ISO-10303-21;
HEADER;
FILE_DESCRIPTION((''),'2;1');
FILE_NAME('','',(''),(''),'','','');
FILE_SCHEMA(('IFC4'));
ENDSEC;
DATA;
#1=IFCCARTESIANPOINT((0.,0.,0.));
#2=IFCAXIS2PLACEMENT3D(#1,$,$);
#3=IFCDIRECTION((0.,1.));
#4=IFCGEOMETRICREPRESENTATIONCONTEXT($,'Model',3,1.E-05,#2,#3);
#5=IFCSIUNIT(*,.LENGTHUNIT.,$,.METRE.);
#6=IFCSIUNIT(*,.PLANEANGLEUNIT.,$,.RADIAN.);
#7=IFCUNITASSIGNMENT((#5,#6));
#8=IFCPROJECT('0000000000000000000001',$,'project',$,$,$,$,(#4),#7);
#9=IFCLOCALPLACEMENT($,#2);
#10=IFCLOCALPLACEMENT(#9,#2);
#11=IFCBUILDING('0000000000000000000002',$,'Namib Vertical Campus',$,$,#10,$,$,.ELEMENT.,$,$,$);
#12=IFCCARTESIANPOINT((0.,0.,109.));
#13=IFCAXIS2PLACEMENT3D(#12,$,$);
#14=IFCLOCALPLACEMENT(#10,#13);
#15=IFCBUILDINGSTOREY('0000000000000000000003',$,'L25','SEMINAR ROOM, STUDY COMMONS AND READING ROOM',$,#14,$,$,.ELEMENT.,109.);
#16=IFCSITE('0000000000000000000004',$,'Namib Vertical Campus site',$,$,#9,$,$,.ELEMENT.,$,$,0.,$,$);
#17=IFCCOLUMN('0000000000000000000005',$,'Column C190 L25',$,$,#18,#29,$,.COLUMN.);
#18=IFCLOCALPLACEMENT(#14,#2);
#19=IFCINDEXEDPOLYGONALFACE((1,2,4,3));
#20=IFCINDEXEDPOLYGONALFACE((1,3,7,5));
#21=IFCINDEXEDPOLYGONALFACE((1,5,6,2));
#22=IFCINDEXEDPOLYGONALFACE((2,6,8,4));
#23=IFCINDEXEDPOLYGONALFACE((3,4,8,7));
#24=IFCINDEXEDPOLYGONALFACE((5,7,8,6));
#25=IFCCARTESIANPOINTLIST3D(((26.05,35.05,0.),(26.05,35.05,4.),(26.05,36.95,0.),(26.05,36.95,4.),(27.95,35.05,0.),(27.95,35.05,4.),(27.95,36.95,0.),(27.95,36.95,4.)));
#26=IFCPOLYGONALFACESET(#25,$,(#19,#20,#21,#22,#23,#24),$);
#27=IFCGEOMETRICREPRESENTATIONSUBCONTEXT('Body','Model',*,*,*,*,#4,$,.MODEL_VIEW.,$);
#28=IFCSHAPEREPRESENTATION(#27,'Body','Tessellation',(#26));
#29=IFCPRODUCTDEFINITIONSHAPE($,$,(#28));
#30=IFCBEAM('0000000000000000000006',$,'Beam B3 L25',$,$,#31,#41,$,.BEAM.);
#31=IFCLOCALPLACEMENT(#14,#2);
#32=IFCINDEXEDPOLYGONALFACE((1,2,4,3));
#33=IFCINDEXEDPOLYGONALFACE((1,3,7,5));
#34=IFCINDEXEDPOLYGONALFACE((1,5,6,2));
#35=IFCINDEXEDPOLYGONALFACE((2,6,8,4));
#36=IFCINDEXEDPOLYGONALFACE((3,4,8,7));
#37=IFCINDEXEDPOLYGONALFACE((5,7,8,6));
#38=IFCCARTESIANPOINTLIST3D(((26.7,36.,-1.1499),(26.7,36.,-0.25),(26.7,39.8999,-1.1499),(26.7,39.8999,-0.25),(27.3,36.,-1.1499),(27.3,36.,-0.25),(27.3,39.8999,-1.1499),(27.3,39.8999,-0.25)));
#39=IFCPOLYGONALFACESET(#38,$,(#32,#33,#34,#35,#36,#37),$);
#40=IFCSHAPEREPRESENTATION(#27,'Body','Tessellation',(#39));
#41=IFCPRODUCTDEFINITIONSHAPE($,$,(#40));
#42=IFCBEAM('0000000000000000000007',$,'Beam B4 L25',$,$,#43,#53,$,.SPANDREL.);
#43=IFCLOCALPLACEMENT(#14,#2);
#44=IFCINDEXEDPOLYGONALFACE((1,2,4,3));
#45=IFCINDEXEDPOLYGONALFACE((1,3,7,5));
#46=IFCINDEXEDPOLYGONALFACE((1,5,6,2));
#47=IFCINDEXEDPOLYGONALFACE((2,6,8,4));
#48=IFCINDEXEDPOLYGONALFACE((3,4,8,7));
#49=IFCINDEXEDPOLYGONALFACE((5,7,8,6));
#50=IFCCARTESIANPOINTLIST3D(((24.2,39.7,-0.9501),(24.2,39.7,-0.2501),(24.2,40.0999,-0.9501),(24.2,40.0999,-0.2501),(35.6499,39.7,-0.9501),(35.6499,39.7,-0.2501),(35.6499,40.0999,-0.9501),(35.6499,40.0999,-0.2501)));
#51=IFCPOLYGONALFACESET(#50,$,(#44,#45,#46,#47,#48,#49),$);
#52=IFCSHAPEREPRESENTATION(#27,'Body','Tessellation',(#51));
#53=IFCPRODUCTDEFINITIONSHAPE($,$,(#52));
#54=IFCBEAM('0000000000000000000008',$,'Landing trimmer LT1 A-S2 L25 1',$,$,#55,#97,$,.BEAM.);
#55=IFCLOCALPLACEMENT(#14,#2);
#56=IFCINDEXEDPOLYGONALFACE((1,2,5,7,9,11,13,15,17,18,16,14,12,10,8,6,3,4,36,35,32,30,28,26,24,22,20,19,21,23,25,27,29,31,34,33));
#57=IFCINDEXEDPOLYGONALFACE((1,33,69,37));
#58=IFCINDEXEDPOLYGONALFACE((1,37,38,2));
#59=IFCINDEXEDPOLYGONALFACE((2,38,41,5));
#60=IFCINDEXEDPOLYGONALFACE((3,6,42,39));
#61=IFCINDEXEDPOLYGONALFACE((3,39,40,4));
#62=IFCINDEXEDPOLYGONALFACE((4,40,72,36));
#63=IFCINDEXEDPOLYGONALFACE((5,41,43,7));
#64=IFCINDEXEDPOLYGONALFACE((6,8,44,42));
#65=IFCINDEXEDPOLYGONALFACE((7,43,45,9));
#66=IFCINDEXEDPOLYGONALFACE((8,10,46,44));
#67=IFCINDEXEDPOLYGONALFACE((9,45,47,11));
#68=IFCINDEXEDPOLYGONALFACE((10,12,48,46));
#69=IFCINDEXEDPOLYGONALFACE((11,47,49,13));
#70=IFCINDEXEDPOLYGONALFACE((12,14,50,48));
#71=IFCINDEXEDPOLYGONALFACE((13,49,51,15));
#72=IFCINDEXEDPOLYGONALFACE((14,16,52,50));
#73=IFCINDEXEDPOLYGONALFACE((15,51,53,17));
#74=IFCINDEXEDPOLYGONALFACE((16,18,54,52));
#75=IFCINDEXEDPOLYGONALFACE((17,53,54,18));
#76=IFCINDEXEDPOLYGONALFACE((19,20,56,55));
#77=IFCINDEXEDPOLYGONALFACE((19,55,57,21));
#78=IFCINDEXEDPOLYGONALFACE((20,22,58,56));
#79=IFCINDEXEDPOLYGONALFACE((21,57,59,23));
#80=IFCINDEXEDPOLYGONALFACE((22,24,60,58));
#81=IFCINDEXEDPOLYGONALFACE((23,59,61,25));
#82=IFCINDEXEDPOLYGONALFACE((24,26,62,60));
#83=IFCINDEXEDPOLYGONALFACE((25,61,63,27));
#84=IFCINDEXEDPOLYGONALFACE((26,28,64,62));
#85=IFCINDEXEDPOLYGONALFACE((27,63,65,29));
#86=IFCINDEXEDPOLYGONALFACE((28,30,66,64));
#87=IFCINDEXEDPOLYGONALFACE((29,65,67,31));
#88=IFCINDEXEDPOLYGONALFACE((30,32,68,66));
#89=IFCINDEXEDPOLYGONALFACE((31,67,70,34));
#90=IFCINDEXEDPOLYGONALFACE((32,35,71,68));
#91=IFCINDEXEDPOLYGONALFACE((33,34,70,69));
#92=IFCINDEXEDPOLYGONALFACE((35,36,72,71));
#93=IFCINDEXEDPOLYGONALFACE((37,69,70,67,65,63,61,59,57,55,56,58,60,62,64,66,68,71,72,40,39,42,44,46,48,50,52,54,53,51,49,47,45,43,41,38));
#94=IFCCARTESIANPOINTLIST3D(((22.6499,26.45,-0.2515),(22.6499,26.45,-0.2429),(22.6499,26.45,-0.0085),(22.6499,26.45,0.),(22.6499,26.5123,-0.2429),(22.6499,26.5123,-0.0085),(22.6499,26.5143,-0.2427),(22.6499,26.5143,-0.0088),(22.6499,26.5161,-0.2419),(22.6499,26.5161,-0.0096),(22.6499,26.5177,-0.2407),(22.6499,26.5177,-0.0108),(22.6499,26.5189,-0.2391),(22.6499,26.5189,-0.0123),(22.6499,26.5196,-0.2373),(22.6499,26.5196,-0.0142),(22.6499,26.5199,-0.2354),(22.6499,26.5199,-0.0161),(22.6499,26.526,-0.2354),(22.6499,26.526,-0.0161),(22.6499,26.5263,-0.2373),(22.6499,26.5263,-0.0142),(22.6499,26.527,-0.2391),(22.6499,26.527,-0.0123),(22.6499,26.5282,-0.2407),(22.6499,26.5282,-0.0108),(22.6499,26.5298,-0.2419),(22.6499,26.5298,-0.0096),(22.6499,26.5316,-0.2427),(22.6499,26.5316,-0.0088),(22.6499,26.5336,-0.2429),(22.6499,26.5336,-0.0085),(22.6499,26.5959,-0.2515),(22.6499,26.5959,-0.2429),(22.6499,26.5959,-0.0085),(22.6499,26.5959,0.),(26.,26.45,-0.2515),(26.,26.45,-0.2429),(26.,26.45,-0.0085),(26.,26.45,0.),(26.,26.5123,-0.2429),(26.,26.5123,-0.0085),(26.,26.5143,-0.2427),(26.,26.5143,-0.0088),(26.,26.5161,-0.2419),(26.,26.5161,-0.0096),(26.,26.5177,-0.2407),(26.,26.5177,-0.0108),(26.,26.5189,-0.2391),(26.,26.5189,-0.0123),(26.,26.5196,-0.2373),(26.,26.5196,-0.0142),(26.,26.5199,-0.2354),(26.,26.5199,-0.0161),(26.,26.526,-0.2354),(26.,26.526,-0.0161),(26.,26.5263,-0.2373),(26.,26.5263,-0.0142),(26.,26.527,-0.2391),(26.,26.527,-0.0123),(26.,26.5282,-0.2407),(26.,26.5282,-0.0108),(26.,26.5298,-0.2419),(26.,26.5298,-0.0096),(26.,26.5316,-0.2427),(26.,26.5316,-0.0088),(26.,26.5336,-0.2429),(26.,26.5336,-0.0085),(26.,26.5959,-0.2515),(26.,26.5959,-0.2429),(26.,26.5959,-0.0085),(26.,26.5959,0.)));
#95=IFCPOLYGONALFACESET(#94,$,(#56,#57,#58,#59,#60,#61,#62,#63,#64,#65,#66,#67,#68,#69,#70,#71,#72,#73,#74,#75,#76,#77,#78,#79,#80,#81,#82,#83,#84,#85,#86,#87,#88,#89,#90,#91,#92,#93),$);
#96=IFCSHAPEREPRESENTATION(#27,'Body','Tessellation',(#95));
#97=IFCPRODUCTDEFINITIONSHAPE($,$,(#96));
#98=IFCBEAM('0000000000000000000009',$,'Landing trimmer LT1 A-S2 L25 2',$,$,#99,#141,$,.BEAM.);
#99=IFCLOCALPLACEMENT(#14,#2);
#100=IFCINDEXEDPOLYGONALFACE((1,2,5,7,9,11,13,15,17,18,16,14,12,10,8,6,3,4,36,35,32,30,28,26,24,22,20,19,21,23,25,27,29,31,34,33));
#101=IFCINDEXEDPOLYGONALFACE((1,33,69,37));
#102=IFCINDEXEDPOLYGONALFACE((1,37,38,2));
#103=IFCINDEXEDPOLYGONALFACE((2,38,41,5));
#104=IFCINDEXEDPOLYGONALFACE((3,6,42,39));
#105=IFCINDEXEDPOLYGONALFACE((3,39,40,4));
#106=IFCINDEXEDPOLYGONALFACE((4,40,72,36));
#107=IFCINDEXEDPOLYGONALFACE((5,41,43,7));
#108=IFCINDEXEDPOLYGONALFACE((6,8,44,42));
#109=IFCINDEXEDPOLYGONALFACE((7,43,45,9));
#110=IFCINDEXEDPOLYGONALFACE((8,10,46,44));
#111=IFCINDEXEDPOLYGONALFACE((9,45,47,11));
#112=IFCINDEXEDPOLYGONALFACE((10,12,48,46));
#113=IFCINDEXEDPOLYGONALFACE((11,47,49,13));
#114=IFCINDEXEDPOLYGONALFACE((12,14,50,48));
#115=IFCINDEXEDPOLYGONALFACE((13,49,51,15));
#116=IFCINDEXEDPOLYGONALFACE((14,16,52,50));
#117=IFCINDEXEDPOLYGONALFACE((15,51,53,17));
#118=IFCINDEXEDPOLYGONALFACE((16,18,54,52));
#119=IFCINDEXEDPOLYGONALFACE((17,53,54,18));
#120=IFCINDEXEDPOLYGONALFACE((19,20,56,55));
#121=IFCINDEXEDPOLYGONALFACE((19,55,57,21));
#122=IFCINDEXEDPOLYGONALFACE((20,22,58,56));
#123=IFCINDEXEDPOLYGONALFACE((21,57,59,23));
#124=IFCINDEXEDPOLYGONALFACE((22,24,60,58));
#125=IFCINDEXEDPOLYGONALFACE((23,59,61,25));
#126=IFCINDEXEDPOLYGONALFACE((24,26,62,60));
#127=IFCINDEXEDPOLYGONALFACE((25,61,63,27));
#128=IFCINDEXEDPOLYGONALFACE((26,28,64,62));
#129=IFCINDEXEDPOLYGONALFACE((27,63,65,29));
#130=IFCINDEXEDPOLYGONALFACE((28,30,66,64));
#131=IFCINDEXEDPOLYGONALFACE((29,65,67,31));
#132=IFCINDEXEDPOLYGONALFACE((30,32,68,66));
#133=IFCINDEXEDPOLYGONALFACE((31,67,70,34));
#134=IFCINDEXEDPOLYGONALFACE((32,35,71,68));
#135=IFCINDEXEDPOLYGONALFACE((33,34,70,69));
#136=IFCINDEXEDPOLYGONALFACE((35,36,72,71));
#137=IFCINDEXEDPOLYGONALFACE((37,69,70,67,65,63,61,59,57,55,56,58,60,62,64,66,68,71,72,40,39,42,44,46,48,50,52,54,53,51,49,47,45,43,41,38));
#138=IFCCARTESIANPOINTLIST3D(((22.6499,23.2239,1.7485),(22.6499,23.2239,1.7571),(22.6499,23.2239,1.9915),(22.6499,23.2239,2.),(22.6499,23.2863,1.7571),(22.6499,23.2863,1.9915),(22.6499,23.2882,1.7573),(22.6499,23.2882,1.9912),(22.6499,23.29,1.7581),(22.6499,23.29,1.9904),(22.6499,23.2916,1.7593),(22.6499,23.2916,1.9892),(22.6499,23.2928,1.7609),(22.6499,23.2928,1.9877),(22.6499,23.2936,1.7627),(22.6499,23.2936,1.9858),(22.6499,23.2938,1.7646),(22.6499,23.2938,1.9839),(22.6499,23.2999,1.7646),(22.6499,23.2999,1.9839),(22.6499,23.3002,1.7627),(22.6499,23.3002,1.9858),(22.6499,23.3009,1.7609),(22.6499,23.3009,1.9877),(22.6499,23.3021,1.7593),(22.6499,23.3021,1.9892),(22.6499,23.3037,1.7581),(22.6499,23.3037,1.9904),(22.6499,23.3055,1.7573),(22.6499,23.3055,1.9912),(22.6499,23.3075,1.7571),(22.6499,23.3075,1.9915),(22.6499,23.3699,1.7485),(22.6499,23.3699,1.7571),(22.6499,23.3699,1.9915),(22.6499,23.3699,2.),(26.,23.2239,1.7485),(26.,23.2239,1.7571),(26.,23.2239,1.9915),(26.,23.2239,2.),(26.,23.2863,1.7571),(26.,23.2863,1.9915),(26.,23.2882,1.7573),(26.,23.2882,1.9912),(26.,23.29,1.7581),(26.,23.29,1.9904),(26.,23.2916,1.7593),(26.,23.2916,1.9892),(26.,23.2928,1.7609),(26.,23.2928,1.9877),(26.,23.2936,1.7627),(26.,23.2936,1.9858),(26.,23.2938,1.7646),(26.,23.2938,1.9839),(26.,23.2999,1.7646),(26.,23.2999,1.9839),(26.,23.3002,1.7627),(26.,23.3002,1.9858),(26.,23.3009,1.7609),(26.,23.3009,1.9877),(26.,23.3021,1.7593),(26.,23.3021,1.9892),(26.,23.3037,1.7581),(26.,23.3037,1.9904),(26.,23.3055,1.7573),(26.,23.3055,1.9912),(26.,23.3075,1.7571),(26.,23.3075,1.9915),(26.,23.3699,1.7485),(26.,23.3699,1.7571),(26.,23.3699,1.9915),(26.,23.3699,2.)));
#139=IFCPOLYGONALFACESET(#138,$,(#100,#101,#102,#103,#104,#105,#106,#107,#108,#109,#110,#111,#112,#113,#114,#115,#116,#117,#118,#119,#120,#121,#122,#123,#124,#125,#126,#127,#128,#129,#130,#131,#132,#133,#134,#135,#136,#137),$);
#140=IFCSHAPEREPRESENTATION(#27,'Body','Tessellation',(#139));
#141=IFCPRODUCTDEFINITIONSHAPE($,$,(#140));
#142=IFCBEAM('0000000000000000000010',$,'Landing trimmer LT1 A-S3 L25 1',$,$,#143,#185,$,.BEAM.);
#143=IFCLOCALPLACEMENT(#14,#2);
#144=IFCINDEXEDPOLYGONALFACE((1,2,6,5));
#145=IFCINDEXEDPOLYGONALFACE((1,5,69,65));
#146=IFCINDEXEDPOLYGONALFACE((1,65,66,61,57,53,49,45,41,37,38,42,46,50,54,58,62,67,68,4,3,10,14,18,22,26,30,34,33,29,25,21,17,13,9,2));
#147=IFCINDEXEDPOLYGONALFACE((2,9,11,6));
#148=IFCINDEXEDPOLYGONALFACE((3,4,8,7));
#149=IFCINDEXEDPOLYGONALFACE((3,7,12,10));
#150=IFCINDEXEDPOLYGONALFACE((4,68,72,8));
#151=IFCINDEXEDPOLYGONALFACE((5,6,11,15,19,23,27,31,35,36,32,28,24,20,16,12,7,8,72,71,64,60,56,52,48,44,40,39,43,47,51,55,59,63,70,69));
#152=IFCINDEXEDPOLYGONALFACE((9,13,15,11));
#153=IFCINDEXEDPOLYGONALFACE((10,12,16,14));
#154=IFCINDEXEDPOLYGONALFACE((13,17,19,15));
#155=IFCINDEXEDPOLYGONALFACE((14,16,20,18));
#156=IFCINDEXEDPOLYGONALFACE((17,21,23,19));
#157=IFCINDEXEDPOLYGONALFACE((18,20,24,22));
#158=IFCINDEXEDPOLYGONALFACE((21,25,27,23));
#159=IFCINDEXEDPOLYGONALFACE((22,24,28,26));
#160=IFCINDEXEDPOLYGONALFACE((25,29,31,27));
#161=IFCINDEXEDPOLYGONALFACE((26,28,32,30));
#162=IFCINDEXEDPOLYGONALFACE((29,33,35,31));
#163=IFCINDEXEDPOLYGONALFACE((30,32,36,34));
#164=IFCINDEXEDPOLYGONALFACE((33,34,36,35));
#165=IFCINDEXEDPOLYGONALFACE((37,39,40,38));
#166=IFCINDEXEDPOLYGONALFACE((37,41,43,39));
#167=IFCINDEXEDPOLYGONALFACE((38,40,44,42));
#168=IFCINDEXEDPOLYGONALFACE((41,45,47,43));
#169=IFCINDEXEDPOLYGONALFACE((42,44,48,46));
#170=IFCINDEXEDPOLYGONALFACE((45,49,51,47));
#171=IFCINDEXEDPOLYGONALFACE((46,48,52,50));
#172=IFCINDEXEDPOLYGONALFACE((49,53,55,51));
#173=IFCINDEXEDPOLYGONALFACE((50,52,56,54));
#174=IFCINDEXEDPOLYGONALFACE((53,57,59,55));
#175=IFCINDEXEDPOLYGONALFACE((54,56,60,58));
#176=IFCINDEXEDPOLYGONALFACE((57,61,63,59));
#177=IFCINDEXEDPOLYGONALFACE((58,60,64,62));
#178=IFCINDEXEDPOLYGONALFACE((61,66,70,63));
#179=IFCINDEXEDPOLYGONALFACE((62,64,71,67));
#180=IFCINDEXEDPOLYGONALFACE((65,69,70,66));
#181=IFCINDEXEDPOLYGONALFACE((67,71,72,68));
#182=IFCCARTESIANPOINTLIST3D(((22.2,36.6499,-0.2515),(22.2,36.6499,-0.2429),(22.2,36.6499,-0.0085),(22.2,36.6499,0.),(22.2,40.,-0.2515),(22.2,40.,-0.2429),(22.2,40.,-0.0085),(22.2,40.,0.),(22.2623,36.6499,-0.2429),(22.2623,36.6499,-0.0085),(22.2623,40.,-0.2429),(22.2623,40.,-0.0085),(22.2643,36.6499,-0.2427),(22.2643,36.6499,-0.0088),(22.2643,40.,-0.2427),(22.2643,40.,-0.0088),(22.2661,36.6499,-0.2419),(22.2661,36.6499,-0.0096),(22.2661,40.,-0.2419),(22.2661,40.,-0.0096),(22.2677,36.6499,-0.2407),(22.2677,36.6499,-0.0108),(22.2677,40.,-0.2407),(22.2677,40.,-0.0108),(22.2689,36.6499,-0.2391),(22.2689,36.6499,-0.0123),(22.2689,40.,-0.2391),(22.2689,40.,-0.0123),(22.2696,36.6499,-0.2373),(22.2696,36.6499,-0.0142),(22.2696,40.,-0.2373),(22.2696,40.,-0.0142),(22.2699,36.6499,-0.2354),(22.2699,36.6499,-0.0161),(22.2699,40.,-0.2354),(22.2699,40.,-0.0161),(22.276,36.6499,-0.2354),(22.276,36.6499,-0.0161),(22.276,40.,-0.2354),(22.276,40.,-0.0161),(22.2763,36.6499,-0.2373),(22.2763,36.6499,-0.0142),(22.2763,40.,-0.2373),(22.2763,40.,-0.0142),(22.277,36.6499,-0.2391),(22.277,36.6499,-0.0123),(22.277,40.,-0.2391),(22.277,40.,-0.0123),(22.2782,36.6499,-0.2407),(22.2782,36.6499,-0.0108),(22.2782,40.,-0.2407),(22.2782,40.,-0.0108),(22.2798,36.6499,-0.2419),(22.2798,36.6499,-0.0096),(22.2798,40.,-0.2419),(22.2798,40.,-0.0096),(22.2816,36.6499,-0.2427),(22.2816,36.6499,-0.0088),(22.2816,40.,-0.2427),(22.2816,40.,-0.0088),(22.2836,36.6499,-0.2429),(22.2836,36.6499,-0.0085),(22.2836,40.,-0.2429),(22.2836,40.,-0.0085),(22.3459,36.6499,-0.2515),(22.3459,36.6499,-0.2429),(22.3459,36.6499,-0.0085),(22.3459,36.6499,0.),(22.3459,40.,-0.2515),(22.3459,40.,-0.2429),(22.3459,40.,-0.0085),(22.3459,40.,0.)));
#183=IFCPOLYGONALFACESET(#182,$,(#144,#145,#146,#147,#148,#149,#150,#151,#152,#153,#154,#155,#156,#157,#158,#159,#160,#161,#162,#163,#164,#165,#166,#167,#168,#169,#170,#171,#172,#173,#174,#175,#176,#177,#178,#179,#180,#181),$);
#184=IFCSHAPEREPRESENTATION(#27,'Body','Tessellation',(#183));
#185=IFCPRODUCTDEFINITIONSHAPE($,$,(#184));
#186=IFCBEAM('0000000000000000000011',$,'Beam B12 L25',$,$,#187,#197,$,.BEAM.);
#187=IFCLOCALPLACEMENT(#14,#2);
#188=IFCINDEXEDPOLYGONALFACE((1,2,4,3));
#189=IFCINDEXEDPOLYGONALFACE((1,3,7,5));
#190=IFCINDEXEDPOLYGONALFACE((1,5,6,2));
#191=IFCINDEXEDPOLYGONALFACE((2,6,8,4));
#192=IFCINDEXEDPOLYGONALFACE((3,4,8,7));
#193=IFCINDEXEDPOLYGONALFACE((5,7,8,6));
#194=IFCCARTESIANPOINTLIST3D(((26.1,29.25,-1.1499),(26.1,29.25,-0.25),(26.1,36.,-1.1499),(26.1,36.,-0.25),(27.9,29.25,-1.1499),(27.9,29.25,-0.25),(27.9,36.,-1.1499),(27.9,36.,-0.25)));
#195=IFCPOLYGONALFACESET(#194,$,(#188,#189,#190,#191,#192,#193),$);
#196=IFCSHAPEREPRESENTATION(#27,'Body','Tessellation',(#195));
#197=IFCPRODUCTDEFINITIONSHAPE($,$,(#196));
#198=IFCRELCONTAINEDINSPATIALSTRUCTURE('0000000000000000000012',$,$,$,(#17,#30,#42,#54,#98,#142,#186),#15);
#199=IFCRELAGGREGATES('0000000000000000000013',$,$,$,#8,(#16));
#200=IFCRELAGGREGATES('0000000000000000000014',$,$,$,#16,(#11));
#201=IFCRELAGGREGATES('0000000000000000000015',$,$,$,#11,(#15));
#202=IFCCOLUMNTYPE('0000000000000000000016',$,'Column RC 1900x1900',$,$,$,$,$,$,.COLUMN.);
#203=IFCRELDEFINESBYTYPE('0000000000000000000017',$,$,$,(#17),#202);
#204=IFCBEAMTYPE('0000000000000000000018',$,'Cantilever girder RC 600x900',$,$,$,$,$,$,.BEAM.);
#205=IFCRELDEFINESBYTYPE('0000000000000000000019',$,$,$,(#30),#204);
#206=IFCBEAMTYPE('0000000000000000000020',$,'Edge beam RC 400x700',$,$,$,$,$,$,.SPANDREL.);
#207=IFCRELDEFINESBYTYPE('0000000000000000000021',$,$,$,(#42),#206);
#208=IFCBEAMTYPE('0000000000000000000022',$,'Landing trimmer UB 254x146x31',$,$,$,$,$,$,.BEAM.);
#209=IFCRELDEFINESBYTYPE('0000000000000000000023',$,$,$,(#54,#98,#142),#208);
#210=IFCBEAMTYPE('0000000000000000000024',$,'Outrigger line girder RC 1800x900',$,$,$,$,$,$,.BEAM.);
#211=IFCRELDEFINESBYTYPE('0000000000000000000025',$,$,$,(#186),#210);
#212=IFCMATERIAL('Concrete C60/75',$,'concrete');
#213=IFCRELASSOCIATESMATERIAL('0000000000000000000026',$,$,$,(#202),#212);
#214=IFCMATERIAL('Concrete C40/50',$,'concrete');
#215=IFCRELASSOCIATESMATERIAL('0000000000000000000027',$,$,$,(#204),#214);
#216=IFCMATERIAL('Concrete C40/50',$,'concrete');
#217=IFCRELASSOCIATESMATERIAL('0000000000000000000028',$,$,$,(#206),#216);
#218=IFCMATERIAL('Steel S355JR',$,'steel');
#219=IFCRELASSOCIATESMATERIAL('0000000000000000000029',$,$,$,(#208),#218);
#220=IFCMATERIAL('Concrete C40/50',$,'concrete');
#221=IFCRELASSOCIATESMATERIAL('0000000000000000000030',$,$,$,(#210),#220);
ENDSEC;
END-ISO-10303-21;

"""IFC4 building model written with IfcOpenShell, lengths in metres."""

from ifc_helpers import new_model, si_unit, direction, frame, origin, origin_2d, place, context, subcontext, project, spatial, rectangle, i_section, extrude, material, material_profile, profile_set, type_object, element, save


model = new_model("IFC4")

# Units and contexts
model_context = context("Model", 3, precision=1e-05, world=origin(), true_north=direction((0.0, 1.0)))
body_context = subcontext(model_context, "Body", "Model", "MODEL_VIEW")
ifc_project = project(units=[si_unit("LENGTHUNIT", "METRE"), si_unit("PLANEANGLEUNIT", "RADIAN")], contexts=[model_context])

# Site, building, storey
site_placement = place(None, origin())
site = spatial("IfcSite", under=ifc_project, at=site_placement, Name="Namib Vertical Campus site", CompositionType="ELEMENT", RefElevation=0.0)
building_placement = place(site_placement, origin())
building = spatial("IfcBuilding", under=site, at=building_placement, Name="Namib Vertical Campus", CompositionType="ELEMENT")
storey_placement = place(building_placement, frame((0.0, 0.0, 109.0)))
storey = spatial("IfcBuildingStorey", under=building, at=storey_placement, Name="L25", Description="SEMINAR ROOM, STUDY COMMONS AND READING ROOM", CompositionType="ELEMENT", Elevation=109.0)

# Column
ifc_material_1 = material(Name="Concrete C60/75", Category="concrete")
ifc_material_profile_1 = material_profile(ifc_material_1, rectangle(XDim=1.8999, YDim=1.8999, at=origin_2d()))
ifc_profile_set_1 = profile_set([ifc_material_profile_1], Name="Concrete C60/75")
column_type = type_object("IfcColumnType", Name="Column RC 1900x1900", PredefinedType="COLUMN", material=ifc_profile_set_1)
column_placement = place(storey_placement, frame((27.0, 36.0, 0.0), z_axis=(0.0, 0.0, 1.0), x_axis=(1.0, 0.0, 0.0)))
element("IfcColumn", 1, at=column_placement, inside=storey, type_object=column_type, Name="Column C190 L25", PredefinedType="COLUMN", context=body_context, shape_type="SweptSolid", body=[
    extrude(rectangle(XDim=1.8999, YDim=1.8999, at=origin_2d()), origin(), (0.0, 0.0, 1.0), 4.0),
])

# Beams
ifc_material_2 = material(Name="Concrete C40/50", Category="concrete")
ifc_material_profile_2 = material_profile(ifc_material_2, rectangle(XDim=0.6001, YDim=0.8999, at=origin_2d()))
ifc_profile_set_2 = profile_set([ifc_material_profile_2], Name="Concrete C40/50")
beam_type_1 = type_object("IfcBeamType", Name="Cantilever girder RC 600x900", PredefinedType="BEAM", material=ifc_profile_set_2)
beam_1_placement = place(storey_placement, frame((27.0, 36.0, -0.7), z_axis=(0.0, 1.0, 0.0), x_axis=(-1.0, 0.0, 0.0)))
element("IfcBeam", 2, at=beam_1_placement, inside=storey, type_object=beam_type_1, Name="Beam B3 L25", PredefinedType="BEAM", context=body_context, shape_type="SweptSolid", body=[
    extrude(rectangle(XDim=0.6001, YDim=0.8999, at=origin_2d()), origin(), (0.0, 0.0, 1.0), 3.8999),
])
ifc_material_3 = material(Name="Concrete C40/50", Category="concrete")
ifc_material_profile_3 = material_profile(ifc_material_3, rectangle(XDim=0.3999, YDim=0.7, at=origin_2d()))
ifc_profile_set_3 = profile_set([ifc_material_profile_3], Name="Concrete C40/50")
beam_type_2 = type_object("IfcBeamType", Name="Edge beam RC 400x700", PredefinedType="SPANDREL", material=ifc_profile_set_3)
beam_2_placement = place(storey_placement, frame((24.2, 39.8999, -0.6001), z_axis=(1.0, 0.0, 0.0), x_axis=(0.0, 1.0, 0.0)))
element("IfcBeam", 3, at=beam_2_placement, inside=storey, type_object=beam_type_2, Name="Beam B4 L25", PredefinedType="SPANDREL", context=body_context, shape_type="SweptSolid", body=[
    extrude(rectangle(XDim=0.3999, YDim=0.7, at=origin_2d()), origin(), (0.0, 0.0, 1.0), 11.45),
])
ifc_material_4 = material(Name="Steel S355JR", Category="steel")
ifc_material_profile_4 = material_profile(ifc_material_4, i_section(OverallWidth=0.146, OverallDepth=0.2515, WebThickness=0.0061, FlangeThickness=0.0085, FilletRadius=0.0076, at=origin_2d()))
ifc_profile_set_4 = profile_set([ifc_material_profile_4], Name="Steel S355JR")
beam_type_3 = type_object("IfcBeamType", Name="Landing trimmer UB 254x146x31", PredefinedType="BEAM", material=ifc_profile_set_4)
for number, where, z_axis, x_axis, name in (
    (4, (22.6499, 26.5229, -0.1257), (1.0, 0.0, 0.0), (0.0, 1.0, 0.0), "Landing trimmer LT1 A-S2 L25 1"),
    (5, (22.6499, 23.2969, 1.8743), (1.0, 0.0, 0.0), (0.0, 1.0, 0.0), "Landing trimmer LT1 A-S2 L25 2"),
    (6, (22.2729, 36.6499, -0.1257), (0.0, 1.0, 0.0), (-1.0, 0.0, 0.0), "Landing trimmer LT1 A-S3 L25 1"),
):
    element("IfcBeam", number, at=place(storey_placement, frame(where, z_axis=z_axis, x_axis=x_axis)), inside=storey, type_object=beam_type_3, Name=name, PredefinedType="BEAM", context=body_context, shape_type="SweptSolid", body=[
        extrude(i_section(OverallWidth=0.146, OverallDepth=0.2515, WebThickness=0.0061, FlangeThickness=0.0085, FilletRadius=0.0076, at=origin_2d()), origin(), (0.0, 0.0, 1.0), 3.3501),
    ])
ifc_material_5 = material(Name="Concrete C40/50", Category="concrete")
ifc_material_profile_5 = material_profile(ifc_material_5, rectangle(XDim=1.8, YDim=0.8999, at=origin_2d()))
ifc_profile_set_5 = profile_set([ifc_material_profile_5], Name="Concrete C40/50")
beam_type_4 = type_object("IfcBeamType", Name="Outrigger line girder RC 1800x900", PredefinedType="BEAM", material=ifc_profile_set_5)
beam_3_placement = place(storey_placement, frame((27.0, 36.0, -0.7), z_axis=(0.0, -1.0, 0.0), x_axis=(1.0, 0.0, 0.0)))
element("IfcBeam", 7, at=beam_3_placement, inside=storey, type_object=beam_type_4, Name="Beam B12 L25", PredefinedType="BEAM", context=body_context, shape_type="SweptSolid", body=[
    extrude(rectangle(XDim=1.8, YDim=0.8999, at=origin_2d()), origin(), (0.0, 0.0, 1.0), 6.75),
])

save(model, "model.ifc")
